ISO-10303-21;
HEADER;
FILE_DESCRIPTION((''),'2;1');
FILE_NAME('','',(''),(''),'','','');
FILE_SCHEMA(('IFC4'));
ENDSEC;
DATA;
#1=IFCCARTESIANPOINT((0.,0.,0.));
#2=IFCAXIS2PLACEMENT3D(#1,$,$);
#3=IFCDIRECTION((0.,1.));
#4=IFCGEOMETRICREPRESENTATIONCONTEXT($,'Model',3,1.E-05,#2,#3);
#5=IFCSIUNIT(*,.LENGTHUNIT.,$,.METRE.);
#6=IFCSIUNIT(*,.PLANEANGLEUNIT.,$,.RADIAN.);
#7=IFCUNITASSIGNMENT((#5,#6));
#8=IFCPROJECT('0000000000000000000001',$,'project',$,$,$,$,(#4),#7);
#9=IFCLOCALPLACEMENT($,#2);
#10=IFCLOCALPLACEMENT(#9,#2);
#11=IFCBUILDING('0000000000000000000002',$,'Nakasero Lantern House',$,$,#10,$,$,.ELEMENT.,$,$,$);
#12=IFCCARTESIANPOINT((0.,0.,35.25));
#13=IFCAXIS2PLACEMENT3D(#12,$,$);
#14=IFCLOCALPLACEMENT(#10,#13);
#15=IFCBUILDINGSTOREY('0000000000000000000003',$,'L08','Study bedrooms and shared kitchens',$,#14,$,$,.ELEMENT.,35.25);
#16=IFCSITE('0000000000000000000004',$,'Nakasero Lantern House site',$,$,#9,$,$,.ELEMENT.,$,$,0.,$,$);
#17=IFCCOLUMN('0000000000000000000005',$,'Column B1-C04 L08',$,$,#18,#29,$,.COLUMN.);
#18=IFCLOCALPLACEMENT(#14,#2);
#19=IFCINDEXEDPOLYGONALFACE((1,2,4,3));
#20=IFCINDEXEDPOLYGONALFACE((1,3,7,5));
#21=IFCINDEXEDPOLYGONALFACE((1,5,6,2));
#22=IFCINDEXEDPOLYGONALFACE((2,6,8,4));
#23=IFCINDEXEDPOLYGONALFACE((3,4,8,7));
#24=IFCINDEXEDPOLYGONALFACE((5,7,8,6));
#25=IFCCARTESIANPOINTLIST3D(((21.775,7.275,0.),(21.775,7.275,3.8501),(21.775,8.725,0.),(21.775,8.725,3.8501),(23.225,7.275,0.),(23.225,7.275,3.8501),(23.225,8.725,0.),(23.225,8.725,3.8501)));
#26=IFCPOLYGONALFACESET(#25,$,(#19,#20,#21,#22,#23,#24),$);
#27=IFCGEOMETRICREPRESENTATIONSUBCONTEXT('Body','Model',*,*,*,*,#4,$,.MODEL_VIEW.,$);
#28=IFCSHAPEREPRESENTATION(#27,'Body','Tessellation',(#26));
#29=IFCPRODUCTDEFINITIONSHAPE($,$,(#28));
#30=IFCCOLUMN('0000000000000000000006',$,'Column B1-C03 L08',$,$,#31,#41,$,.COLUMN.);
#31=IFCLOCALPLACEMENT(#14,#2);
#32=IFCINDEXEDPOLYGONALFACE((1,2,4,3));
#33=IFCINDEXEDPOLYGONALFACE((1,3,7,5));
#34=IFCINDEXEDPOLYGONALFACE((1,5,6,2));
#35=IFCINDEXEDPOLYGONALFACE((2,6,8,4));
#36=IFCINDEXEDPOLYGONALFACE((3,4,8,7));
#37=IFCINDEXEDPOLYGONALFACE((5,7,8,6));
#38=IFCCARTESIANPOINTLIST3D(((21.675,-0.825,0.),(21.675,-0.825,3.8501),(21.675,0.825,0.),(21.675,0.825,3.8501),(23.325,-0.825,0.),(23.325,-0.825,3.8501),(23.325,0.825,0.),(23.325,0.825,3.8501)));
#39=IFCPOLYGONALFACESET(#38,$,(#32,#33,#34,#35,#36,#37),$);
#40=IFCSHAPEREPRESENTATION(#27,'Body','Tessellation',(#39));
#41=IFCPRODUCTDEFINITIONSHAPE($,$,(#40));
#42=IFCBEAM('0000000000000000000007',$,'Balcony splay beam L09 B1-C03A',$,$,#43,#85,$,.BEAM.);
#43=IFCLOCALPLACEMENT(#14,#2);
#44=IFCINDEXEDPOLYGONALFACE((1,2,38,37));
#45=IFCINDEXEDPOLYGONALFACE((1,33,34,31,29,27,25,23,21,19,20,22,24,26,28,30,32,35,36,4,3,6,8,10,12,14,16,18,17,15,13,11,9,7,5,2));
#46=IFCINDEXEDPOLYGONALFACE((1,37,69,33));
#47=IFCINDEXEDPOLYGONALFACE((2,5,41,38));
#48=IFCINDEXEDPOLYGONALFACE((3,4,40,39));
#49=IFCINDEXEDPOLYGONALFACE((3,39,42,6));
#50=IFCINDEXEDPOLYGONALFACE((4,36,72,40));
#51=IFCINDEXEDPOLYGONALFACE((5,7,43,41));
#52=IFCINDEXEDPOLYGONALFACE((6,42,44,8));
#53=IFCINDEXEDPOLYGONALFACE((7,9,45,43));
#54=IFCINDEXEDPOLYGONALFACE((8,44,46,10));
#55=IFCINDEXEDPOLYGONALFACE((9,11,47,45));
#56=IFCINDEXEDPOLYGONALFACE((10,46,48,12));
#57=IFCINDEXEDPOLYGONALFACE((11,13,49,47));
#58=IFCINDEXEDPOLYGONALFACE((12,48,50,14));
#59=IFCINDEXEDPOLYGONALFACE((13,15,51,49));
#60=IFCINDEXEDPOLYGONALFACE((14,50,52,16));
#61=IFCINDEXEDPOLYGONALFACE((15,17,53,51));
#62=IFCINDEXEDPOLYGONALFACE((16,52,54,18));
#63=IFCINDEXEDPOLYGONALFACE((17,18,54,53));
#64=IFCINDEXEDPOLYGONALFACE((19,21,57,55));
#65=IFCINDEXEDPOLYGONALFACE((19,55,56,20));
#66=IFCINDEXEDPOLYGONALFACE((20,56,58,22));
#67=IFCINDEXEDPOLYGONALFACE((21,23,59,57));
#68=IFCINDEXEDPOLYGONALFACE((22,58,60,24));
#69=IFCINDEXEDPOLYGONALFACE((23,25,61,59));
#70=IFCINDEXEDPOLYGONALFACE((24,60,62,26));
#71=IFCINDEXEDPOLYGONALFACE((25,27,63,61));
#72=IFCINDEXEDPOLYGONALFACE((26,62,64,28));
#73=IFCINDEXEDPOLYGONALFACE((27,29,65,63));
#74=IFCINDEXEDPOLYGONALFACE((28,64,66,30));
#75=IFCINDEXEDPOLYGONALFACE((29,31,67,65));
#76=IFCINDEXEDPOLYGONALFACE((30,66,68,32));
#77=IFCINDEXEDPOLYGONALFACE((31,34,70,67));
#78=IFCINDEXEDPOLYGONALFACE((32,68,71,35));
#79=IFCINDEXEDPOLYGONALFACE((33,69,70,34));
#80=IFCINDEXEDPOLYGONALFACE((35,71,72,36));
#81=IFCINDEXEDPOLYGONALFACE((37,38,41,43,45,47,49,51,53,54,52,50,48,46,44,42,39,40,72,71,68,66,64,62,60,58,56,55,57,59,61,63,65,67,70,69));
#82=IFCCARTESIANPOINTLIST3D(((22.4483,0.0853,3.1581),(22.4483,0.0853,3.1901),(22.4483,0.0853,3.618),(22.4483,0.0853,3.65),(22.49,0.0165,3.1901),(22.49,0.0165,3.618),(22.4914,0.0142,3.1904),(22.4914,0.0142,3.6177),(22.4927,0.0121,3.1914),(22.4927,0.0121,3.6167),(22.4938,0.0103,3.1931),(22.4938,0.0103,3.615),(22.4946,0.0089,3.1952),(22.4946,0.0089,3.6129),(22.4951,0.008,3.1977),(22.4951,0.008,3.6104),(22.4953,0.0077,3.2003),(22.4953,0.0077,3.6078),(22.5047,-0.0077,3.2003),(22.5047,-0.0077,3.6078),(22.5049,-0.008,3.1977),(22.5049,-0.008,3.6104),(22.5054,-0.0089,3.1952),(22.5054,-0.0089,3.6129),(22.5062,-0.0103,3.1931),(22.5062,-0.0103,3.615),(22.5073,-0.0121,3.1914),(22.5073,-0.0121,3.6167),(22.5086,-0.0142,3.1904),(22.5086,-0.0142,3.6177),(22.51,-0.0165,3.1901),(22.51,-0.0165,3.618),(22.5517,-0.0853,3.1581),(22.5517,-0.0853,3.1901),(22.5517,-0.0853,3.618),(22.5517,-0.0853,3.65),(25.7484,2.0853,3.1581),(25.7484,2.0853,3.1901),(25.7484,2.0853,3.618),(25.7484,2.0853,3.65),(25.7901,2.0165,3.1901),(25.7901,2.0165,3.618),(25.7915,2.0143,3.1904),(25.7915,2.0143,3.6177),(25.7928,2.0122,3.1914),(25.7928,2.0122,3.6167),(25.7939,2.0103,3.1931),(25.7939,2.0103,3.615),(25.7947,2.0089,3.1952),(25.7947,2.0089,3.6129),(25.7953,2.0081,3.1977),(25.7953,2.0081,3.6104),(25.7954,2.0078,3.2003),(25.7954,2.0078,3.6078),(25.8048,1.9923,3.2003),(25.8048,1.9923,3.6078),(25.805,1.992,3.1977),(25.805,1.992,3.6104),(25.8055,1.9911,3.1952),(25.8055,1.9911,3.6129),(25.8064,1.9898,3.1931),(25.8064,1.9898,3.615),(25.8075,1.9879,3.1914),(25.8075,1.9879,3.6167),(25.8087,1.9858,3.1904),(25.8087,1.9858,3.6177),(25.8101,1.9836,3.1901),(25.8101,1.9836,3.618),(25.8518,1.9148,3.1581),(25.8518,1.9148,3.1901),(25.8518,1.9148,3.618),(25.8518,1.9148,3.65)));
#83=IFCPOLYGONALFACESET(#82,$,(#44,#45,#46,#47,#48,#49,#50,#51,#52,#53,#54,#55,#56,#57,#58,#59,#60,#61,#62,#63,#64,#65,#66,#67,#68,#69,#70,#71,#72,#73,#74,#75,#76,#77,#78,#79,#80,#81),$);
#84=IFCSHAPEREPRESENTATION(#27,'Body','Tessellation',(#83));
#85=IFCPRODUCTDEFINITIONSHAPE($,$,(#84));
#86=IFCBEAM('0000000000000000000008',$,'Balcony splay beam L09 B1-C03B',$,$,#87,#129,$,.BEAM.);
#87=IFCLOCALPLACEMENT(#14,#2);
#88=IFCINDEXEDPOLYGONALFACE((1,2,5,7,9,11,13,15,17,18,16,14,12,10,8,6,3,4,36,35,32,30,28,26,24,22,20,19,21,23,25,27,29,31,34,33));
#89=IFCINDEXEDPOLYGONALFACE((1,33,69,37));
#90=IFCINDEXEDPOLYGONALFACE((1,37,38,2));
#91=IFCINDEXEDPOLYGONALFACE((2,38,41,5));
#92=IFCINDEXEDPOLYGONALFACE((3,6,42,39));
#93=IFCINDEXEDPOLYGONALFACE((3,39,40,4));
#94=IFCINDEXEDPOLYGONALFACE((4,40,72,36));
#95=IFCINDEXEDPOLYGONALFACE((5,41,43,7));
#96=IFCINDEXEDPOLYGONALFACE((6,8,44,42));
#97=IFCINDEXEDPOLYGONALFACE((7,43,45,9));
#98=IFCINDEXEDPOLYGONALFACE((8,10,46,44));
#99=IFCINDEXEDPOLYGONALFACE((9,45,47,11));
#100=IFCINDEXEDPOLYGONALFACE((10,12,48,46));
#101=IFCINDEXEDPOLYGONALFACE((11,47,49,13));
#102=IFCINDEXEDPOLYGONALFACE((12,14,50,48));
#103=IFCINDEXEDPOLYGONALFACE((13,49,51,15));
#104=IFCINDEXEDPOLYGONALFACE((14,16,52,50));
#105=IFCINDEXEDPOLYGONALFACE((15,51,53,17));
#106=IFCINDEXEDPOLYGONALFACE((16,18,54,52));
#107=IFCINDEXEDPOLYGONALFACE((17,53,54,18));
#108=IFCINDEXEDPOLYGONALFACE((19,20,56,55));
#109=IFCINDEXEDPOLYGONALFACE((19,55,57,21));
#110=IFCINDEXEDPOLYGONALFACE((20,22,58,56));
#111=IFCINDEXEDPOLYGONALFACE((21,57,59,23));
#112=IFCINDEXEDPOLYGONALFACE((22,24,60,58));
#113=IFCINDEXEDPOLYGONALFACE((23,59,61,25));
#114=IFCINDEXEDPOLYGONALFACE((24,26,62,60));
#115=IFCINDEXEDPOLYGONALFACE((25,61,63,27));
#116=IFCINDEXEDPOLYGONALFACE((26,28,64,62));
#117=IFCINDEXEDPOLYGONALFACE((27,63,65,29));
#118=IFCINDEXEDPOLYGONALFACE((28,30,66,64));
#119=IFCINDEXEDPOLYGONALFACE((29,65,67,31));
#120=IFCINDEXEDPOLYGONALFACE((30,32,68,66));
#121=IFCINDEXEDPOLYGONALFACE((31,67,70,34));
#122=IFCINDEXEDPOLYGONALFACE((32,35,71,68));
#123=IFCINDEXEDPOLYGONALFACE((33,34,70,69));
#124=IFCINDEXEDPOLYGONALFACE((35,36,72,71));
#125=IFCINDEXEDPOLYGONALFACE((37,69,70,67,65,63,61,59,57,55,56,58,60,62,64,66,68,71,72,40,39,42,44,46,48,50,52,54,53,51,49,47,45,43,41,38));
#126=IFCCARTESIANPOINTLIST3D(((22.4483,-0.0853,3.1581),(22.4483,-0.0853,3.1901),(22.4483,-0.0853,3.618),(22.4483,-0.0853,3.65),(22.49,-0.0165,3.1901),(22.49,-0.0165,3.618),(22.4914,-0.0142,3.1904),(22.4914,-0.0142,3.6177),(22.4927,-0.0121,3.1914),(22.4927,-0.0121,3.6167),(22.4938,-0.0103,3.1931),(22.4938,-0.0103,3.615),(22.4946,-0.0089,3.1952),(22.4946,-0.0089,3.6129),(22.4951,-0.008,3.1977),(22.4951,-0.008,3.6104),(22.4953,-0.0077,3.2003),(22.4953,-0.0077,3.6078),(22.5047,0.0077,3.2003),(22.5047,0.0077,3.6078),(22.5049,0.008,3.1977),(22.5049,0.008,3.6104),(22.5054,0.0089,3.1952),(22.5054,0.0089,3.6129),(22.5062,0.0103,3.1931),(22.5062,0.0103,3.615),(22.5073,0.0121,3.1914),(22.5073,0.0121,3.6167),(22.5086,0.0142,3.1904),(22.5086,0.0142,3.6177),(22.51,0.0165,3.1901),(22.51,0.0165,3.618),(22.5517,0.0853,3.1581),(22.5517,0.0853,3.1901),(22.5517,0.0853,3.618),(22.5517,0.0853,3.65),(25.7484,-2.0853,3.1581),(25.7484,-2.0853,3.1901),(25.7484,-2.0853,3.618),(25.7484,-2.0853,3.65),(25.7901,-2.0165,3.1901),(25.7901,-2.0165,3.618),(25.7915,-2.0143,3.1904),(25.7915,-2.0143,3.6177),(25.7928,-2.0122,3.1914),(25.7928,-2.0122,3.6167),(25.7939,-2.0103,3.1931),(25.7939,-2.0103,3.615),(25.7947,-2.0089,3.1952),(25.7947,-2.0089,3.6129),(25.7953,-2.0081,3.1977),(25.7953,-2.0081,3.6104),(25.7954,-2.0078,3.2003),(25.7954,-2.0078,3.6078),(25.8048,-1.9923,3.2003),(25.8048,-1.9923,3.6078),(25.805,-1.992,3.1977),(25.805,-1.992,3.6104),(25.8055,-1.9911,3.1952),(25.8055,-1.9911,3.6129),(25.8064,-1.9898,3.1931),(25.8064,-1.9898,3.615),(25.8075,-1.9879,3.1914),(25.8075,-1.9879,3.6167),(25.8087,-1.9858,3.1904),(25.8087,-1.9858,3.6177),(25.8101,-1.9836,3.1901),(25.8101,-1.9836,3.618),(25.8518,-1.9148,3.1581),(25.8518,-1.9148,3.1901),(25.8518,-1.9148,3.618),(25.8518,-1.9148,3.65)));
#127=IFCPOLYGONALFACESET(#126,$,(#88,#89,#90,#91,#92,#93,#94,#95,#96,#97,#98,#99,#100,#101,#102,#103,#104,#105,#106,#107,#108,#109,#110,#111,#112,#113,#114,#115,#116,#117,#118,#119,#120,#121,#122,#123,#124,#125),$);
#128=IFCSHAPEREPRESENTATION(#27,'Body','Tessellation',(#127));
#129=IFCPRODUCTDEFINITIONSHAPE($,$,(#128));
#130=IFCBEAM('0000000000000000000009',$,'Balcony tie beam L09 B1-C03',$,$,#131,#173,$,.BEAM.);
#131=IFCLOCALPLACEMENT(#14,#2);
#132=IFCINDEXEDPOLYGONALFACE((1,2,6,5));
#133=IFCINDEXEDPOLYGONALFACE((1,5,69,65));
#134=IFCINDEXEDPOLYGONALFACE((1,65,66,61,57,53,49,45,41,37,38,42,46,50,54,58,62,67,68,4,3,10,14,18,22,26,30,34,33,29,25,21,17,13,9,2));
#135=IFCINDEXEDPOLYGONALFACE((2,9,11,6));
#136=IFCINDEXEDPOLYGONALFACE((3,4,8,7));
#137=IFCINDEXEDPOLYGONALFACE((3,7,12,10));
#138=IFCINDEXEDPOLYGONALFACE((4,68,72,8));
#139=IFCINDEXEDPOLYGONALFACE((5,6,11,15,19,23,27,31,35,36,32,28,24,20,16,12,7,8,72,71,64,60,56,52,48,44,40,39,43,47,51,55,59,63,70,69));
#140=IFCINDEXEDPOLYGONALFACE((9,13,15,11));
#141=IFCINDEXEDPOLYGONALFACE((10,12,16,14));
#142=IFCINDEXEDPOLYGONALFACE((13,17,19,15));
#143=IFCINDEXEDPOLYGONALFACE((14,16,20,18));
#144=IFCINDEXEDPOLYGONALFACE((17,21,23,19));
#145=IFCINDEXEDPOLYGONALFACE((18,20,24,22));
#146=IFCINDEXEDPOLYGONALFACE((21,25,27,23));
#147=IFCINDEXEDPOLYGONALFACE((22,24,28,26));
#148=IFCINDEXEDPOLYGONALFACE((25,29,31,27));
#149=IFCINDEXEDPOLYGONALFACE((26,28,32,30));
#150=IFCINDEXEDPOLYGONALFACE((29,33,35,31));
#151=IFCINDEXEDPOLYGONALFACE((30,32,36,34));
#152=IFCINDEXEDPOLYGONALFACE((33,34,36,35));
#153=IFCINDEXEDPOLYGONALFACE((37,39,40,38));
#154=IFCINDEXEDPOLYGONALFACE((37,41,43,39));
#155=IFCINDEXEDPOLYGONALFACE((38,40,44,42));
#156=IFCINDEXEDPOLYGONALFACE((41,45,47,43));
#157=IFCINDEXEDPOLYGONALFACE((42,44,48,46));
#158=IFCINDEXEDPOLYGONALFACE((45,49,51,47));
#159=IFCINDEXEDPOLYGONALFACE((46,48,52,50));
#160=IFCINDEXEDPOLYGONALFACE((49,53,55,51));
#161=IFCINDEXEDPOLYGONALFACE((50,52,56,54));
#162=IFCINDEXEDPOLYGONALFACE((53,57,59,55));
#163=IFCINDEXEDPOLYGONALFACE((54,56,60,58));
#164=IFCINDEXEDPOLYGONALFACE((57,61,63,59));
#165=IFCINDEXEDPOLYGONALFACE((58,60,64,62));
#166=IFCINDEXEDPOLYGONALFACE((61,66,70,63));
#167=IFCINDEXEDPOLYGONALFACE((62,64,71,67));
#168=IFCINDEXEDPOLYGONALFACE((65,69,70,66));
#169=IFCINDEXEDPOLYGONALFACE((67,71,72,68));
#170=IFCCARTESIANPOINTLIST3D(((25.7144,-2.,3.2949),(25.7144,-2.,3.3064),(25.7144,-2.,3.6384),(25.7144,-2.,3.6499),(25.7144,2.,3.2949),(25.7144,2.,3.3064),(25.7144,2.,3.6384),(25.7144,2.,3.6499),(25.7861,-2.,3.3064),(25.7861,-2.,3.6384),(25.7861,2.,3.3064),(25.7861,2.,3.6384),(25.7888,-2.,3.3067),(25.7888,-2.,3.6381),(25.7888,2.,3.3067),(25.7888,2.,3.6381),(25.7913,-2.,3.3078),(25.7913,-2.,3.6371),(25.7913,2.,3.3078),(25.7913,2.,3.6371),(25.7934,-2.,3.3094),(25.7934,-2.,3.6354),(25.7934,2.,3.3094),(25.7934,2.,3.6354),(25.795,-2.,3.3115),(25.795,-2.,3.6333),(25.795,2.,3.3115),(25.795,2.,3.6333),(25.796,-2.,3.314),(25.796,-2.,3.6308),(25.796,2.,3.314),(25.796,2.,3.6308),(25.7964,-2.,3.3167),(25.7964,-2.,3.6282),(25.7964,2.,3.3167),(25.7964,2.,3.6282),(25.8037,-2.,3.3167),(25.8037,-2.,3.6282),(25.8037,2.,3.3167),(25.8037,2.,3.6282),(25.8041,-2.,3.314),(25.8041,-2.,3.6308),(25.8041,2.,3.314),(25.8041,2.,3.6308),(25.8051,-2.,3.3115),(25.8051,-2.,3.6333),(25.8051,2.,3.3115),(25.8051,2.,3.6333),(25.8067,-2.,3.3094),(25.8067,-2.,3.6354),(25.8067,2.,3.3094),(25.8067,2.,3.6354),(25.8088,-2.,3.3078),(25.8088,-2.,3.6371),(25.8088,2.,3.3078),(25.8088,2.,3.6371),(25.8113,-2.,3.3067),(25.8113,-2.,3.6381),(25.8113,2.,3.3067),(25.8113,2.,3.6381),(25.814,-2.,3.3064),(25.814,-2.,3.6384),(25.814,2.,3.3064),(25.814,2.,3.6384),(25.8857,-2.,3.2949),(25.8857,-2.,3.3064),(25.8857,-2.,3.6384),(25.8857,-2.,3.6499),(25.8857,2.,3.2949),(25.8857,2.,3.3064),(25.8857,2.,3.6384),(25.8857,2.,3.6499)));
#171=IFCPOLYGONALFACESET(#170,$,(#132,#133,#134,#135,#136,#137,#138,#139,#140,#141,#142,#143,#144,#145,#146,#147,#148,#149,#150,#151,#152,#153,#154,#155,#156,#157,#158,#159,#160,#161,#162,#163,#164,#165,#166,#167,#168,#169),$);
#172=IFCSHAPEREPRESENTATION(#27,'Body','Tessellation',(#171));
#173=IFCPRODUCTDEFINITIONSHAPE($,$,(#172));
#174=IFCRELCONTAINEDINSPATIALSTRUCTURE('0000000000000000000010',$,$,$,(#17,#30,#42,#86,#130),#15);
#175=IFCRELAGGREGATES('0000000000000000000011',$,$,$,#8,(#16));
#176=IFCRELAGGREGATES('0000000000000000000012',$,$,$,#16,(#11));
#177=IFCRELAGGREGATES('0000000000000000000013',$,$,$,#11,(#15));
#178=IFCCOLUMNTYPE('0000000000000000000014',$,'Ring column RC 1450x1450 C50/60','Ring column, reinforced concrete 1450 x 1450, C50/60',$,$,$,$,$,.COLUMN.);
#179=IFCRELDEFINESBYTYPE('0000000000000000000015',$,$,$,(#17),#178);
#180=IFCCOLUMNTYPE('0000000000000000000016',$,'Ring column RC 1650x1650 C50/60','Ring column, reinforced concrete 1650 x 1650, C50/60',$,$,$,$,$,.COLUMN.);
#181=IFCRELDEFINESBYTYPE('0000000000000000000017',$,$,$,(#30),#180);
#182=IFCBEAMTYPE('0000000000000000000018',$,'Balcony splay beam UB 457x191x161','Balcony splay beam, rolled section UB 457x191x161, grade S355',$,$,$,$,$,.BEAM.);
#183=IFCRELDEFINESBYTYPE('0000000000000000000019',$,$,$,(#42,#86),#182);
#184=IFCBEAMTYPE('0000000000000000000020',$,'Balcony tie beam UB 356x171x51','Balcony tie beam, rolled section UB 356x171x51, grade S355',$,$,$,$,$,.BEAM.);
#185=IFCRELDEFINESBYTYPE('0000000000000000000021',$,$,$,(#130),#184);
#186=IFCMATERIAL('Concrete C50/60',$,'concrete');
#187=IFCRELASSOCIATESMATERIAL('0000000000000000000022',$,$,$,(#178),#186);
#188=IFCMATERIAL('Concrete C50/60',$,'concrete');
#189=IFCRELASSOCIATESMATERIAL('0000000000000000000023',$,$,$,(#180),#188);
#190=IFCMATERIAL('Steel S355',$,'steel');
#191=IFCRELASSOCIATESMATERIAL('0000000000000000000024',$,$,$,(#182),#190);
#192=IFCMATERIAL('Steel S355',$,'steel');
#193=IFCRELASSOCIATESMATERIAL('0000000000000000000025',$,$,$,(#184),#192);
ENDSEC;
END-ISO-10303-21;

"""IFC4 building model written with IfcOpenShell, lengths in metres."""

from ifc_helpers import new_model, si_unit, direction, frame, origin, origin_2d, place, context, subcontext, project, spatial, rectangle, i_section, extrude, material, material_profile, profile_set, type_object, element, save


model = new_model("IFC4")

# Units and contexts
model_context = context("Model", 3, precision=1e-05, world=origin(), true_north=direction((0.0, 1.0)))
body_context = subcontext(model_context, "Body", "Model", "MODEL_VIEW")
ifc_project = project(units=[si_unit("LENGTHUNIT", "METRE"), si_unit("PLANEANGLEUNIT", "RADIAN")], contexts=[model_context])

# Site, building, storey
site_placement = place(None, origin())
site = spatial("IfcSite", under=ifc_project, at=site_placement, Name="Nakasero Lantern House site", CompositionType="ELEMENT", RefElevation=0.0)
building_placement = place(site_placement, origin())
building = spatial("IfcBuilding", under=site, at=building_placement, Name="Nakasero Lantern House", CompositionType="ELEMENT")
storey_placement = place(building_placement, frame((0.0, 0.0, 35.25)))
storey = spatial("IfcBuildingStorey", under=building, at=storey_placement, Name="L08", Description="Study bedrooms and shared kitchens", CompositionType="ELEMENT", Elevation=35.25)

# Columns
ifc_material_1 = material(Name="Concrete C50/60", Category="concrete")
ifc_material_profile_1 = material_profile(ifc_material_1, rectangle(XDim=1.45, YDim=1.45, at=origin_2d()), Name="RC 1450x1450")
ifc_profile_set_1 = profile_set([ifc_material_profile_1], Name="Concrete C50/60")
column_type_1 = type_object("IfcColumnType", Name="Ring column RC 1450x1450 C50/60", Description="Ring column, reinforced concrete 1450 x 1450, C50/60", PredefinedType="COLUMN", material=ifc_profile_set_1)
column_1_placement = place(storey_placement, frame((22.5, 8.0, 0.0), z_axis=(0.0, 0.0, 1.0), x_axis=(1.0, 0.0, 0.0)))
element("IfcColumn", 1, at=column_1_placement, inside=storey, type_object=column_type_1, Name="Column B1-C04 L08", PredefinedType="COLUMN", context=body_context, shape_type="SweptSolid", body=[
    extrude(rectangle(XDim=1.45, YDim=1.45, at=origin_2d()), origin(), (0.0, 0.0, 1.0), 3.8501),
])
ifc_material_2 = material(Name="Concrete C50/60", Category="concrete")
ifc_material_profile_2 = material_profile(ifc_material_2, rectangle(XDim=1.6499, YDim=1.6499, at=origin_2d()), Name="RC 1650x1650")
ifc_profile_set_2 = profile_set([ifc_material_profile_2], Name="Concrete C50/60")
column_type_2 = type_object("IfcColumnType", Name="Ring column RC 1650x1650 C50/60", Description="Ring column, reinforced concrete 1650 x 1650, C50/60", PredefinedType="COLUMN", material=ifc_profile_set_2)
column_2_placement = place(storey_placement, frame((22.5, 0.0, 0.0), z_axis=(0.0, 0.0, 1.0), x_axis=(1.0, 0.0, 0.0)))
element("IfcColumn", 2, at=column_2_placement, inside=storey, type_object=column_type_2, Name="Column B1-C03 L08", PredefinedType="COLUMN", context=body_context, shape_type="SweptSolid", body=[
    extrude(rectangle(XDim=1.6499, YDim=1.6499, at=origin_2d()), origin(), (0.0, 0.0, 1.0), 3.8501),
])

# Beams
ifc_material_3 = material(Name="Steel S355", Category="steel")
ifc_material_profile_3 = material_profile(ifc_material_3, i_section(OverallWidth=0.1995, OverallDepth=0.4919, WebThickness=0.0181, FlangeThickness=0.032, FilletRadius=0.0103, at=origin_2d()), Name="UB 457x191x161")
ifc_profile_set_3 = profile_set([ifc_material_profile_3], Name="Steel S355")
beam_type_1 = type_object("IfcBeamType", Name="Balcony splay beam UB 457x191x161", Description="Balcony splay beam, rolled section UB 457x191x161, grade S355", PredefinedType="BEAM", material=ifc_profile_set_3)
for number, where, z_axis, x_axis, name in (
    (3, (22.5, 0.0, 3.4041), (0.855201, 0.518296, 0.0), (-0.518296, 0.855201, 0.0), "Balcony splay beam L09 B1-C03A"),
    (4, (22.5, 0.0, 3.4041), (0.855201, -0.518296, 0.0), (0.518296, 0.855201, 0.0), "Balcony splay beam L09 B1-C03B"),
):
    element("IfcBeam", number, at=place(storey_placement, frame(where, z_axis=z_axis, x_axis=x_axis)), inside=storey, type_object=beam_type_1, Name=name, PredefinedType="BEAM", context=body_context, shape_type="SweptSolid", body=[
        extrude(i_section(OverallWidth=0.1995, OverallDepth=0.4919, WebThickness=0.0181, FlangeThickness=0.032, FilletRadius=0.0103, at=origin_2d()), origin(), (0.0, 0.0, 1.0), 3.8589),
    ])
ifc_material_4 = material(Name="Steel S355", Category="steel")
ifc_material_profile_4 = material_profile(ifc_material_4, i_section(OverallWidth=0.1714, OverallDepth=0.355, WebThickness=0.0073, FlangeThickness=0.0115, FilletRadius=0.0103, at=origin_2d()), Name="UB 356x171x51")
ifc_profile_set_4 = profile_set([ifc_material_profile_4], Name="Steel S355")
beam_type_2 = type_object("IfcBeamType", Name="Balcony tie beam UB 356x171x51", Description="Balcony tie beam, rolled section UB 356x171x51, grade S355", PredefinedType="BEAM", material=ifc_profile_set_4)
beam_1_placement = place(storey_placement, frame((25.8, 2.0, 3.4724), z_axis=(0.0, -1.0, 0.0), x_axis=(1.0, 0.0, 0.0)))
element("IfcBeam", 5, at=beam_1_placement, inside=storey, type_object=beam_type_2, Name="Balcony tie beam L09 B1-C03", PredefinedType="BEAM", context=body_context, shape_type="SweptSolid", body=[
    extrude(i_section(OverallWidth=0.1714, OverallDepth=0.355, WebThickness=0.0073, FlangeThickness=0.0115, FilletRadius=0.0103, at=origin_2d()), origin(), (0.0, 0.0, 1.0), 4.0),
])

save(model, "model.ifc")
